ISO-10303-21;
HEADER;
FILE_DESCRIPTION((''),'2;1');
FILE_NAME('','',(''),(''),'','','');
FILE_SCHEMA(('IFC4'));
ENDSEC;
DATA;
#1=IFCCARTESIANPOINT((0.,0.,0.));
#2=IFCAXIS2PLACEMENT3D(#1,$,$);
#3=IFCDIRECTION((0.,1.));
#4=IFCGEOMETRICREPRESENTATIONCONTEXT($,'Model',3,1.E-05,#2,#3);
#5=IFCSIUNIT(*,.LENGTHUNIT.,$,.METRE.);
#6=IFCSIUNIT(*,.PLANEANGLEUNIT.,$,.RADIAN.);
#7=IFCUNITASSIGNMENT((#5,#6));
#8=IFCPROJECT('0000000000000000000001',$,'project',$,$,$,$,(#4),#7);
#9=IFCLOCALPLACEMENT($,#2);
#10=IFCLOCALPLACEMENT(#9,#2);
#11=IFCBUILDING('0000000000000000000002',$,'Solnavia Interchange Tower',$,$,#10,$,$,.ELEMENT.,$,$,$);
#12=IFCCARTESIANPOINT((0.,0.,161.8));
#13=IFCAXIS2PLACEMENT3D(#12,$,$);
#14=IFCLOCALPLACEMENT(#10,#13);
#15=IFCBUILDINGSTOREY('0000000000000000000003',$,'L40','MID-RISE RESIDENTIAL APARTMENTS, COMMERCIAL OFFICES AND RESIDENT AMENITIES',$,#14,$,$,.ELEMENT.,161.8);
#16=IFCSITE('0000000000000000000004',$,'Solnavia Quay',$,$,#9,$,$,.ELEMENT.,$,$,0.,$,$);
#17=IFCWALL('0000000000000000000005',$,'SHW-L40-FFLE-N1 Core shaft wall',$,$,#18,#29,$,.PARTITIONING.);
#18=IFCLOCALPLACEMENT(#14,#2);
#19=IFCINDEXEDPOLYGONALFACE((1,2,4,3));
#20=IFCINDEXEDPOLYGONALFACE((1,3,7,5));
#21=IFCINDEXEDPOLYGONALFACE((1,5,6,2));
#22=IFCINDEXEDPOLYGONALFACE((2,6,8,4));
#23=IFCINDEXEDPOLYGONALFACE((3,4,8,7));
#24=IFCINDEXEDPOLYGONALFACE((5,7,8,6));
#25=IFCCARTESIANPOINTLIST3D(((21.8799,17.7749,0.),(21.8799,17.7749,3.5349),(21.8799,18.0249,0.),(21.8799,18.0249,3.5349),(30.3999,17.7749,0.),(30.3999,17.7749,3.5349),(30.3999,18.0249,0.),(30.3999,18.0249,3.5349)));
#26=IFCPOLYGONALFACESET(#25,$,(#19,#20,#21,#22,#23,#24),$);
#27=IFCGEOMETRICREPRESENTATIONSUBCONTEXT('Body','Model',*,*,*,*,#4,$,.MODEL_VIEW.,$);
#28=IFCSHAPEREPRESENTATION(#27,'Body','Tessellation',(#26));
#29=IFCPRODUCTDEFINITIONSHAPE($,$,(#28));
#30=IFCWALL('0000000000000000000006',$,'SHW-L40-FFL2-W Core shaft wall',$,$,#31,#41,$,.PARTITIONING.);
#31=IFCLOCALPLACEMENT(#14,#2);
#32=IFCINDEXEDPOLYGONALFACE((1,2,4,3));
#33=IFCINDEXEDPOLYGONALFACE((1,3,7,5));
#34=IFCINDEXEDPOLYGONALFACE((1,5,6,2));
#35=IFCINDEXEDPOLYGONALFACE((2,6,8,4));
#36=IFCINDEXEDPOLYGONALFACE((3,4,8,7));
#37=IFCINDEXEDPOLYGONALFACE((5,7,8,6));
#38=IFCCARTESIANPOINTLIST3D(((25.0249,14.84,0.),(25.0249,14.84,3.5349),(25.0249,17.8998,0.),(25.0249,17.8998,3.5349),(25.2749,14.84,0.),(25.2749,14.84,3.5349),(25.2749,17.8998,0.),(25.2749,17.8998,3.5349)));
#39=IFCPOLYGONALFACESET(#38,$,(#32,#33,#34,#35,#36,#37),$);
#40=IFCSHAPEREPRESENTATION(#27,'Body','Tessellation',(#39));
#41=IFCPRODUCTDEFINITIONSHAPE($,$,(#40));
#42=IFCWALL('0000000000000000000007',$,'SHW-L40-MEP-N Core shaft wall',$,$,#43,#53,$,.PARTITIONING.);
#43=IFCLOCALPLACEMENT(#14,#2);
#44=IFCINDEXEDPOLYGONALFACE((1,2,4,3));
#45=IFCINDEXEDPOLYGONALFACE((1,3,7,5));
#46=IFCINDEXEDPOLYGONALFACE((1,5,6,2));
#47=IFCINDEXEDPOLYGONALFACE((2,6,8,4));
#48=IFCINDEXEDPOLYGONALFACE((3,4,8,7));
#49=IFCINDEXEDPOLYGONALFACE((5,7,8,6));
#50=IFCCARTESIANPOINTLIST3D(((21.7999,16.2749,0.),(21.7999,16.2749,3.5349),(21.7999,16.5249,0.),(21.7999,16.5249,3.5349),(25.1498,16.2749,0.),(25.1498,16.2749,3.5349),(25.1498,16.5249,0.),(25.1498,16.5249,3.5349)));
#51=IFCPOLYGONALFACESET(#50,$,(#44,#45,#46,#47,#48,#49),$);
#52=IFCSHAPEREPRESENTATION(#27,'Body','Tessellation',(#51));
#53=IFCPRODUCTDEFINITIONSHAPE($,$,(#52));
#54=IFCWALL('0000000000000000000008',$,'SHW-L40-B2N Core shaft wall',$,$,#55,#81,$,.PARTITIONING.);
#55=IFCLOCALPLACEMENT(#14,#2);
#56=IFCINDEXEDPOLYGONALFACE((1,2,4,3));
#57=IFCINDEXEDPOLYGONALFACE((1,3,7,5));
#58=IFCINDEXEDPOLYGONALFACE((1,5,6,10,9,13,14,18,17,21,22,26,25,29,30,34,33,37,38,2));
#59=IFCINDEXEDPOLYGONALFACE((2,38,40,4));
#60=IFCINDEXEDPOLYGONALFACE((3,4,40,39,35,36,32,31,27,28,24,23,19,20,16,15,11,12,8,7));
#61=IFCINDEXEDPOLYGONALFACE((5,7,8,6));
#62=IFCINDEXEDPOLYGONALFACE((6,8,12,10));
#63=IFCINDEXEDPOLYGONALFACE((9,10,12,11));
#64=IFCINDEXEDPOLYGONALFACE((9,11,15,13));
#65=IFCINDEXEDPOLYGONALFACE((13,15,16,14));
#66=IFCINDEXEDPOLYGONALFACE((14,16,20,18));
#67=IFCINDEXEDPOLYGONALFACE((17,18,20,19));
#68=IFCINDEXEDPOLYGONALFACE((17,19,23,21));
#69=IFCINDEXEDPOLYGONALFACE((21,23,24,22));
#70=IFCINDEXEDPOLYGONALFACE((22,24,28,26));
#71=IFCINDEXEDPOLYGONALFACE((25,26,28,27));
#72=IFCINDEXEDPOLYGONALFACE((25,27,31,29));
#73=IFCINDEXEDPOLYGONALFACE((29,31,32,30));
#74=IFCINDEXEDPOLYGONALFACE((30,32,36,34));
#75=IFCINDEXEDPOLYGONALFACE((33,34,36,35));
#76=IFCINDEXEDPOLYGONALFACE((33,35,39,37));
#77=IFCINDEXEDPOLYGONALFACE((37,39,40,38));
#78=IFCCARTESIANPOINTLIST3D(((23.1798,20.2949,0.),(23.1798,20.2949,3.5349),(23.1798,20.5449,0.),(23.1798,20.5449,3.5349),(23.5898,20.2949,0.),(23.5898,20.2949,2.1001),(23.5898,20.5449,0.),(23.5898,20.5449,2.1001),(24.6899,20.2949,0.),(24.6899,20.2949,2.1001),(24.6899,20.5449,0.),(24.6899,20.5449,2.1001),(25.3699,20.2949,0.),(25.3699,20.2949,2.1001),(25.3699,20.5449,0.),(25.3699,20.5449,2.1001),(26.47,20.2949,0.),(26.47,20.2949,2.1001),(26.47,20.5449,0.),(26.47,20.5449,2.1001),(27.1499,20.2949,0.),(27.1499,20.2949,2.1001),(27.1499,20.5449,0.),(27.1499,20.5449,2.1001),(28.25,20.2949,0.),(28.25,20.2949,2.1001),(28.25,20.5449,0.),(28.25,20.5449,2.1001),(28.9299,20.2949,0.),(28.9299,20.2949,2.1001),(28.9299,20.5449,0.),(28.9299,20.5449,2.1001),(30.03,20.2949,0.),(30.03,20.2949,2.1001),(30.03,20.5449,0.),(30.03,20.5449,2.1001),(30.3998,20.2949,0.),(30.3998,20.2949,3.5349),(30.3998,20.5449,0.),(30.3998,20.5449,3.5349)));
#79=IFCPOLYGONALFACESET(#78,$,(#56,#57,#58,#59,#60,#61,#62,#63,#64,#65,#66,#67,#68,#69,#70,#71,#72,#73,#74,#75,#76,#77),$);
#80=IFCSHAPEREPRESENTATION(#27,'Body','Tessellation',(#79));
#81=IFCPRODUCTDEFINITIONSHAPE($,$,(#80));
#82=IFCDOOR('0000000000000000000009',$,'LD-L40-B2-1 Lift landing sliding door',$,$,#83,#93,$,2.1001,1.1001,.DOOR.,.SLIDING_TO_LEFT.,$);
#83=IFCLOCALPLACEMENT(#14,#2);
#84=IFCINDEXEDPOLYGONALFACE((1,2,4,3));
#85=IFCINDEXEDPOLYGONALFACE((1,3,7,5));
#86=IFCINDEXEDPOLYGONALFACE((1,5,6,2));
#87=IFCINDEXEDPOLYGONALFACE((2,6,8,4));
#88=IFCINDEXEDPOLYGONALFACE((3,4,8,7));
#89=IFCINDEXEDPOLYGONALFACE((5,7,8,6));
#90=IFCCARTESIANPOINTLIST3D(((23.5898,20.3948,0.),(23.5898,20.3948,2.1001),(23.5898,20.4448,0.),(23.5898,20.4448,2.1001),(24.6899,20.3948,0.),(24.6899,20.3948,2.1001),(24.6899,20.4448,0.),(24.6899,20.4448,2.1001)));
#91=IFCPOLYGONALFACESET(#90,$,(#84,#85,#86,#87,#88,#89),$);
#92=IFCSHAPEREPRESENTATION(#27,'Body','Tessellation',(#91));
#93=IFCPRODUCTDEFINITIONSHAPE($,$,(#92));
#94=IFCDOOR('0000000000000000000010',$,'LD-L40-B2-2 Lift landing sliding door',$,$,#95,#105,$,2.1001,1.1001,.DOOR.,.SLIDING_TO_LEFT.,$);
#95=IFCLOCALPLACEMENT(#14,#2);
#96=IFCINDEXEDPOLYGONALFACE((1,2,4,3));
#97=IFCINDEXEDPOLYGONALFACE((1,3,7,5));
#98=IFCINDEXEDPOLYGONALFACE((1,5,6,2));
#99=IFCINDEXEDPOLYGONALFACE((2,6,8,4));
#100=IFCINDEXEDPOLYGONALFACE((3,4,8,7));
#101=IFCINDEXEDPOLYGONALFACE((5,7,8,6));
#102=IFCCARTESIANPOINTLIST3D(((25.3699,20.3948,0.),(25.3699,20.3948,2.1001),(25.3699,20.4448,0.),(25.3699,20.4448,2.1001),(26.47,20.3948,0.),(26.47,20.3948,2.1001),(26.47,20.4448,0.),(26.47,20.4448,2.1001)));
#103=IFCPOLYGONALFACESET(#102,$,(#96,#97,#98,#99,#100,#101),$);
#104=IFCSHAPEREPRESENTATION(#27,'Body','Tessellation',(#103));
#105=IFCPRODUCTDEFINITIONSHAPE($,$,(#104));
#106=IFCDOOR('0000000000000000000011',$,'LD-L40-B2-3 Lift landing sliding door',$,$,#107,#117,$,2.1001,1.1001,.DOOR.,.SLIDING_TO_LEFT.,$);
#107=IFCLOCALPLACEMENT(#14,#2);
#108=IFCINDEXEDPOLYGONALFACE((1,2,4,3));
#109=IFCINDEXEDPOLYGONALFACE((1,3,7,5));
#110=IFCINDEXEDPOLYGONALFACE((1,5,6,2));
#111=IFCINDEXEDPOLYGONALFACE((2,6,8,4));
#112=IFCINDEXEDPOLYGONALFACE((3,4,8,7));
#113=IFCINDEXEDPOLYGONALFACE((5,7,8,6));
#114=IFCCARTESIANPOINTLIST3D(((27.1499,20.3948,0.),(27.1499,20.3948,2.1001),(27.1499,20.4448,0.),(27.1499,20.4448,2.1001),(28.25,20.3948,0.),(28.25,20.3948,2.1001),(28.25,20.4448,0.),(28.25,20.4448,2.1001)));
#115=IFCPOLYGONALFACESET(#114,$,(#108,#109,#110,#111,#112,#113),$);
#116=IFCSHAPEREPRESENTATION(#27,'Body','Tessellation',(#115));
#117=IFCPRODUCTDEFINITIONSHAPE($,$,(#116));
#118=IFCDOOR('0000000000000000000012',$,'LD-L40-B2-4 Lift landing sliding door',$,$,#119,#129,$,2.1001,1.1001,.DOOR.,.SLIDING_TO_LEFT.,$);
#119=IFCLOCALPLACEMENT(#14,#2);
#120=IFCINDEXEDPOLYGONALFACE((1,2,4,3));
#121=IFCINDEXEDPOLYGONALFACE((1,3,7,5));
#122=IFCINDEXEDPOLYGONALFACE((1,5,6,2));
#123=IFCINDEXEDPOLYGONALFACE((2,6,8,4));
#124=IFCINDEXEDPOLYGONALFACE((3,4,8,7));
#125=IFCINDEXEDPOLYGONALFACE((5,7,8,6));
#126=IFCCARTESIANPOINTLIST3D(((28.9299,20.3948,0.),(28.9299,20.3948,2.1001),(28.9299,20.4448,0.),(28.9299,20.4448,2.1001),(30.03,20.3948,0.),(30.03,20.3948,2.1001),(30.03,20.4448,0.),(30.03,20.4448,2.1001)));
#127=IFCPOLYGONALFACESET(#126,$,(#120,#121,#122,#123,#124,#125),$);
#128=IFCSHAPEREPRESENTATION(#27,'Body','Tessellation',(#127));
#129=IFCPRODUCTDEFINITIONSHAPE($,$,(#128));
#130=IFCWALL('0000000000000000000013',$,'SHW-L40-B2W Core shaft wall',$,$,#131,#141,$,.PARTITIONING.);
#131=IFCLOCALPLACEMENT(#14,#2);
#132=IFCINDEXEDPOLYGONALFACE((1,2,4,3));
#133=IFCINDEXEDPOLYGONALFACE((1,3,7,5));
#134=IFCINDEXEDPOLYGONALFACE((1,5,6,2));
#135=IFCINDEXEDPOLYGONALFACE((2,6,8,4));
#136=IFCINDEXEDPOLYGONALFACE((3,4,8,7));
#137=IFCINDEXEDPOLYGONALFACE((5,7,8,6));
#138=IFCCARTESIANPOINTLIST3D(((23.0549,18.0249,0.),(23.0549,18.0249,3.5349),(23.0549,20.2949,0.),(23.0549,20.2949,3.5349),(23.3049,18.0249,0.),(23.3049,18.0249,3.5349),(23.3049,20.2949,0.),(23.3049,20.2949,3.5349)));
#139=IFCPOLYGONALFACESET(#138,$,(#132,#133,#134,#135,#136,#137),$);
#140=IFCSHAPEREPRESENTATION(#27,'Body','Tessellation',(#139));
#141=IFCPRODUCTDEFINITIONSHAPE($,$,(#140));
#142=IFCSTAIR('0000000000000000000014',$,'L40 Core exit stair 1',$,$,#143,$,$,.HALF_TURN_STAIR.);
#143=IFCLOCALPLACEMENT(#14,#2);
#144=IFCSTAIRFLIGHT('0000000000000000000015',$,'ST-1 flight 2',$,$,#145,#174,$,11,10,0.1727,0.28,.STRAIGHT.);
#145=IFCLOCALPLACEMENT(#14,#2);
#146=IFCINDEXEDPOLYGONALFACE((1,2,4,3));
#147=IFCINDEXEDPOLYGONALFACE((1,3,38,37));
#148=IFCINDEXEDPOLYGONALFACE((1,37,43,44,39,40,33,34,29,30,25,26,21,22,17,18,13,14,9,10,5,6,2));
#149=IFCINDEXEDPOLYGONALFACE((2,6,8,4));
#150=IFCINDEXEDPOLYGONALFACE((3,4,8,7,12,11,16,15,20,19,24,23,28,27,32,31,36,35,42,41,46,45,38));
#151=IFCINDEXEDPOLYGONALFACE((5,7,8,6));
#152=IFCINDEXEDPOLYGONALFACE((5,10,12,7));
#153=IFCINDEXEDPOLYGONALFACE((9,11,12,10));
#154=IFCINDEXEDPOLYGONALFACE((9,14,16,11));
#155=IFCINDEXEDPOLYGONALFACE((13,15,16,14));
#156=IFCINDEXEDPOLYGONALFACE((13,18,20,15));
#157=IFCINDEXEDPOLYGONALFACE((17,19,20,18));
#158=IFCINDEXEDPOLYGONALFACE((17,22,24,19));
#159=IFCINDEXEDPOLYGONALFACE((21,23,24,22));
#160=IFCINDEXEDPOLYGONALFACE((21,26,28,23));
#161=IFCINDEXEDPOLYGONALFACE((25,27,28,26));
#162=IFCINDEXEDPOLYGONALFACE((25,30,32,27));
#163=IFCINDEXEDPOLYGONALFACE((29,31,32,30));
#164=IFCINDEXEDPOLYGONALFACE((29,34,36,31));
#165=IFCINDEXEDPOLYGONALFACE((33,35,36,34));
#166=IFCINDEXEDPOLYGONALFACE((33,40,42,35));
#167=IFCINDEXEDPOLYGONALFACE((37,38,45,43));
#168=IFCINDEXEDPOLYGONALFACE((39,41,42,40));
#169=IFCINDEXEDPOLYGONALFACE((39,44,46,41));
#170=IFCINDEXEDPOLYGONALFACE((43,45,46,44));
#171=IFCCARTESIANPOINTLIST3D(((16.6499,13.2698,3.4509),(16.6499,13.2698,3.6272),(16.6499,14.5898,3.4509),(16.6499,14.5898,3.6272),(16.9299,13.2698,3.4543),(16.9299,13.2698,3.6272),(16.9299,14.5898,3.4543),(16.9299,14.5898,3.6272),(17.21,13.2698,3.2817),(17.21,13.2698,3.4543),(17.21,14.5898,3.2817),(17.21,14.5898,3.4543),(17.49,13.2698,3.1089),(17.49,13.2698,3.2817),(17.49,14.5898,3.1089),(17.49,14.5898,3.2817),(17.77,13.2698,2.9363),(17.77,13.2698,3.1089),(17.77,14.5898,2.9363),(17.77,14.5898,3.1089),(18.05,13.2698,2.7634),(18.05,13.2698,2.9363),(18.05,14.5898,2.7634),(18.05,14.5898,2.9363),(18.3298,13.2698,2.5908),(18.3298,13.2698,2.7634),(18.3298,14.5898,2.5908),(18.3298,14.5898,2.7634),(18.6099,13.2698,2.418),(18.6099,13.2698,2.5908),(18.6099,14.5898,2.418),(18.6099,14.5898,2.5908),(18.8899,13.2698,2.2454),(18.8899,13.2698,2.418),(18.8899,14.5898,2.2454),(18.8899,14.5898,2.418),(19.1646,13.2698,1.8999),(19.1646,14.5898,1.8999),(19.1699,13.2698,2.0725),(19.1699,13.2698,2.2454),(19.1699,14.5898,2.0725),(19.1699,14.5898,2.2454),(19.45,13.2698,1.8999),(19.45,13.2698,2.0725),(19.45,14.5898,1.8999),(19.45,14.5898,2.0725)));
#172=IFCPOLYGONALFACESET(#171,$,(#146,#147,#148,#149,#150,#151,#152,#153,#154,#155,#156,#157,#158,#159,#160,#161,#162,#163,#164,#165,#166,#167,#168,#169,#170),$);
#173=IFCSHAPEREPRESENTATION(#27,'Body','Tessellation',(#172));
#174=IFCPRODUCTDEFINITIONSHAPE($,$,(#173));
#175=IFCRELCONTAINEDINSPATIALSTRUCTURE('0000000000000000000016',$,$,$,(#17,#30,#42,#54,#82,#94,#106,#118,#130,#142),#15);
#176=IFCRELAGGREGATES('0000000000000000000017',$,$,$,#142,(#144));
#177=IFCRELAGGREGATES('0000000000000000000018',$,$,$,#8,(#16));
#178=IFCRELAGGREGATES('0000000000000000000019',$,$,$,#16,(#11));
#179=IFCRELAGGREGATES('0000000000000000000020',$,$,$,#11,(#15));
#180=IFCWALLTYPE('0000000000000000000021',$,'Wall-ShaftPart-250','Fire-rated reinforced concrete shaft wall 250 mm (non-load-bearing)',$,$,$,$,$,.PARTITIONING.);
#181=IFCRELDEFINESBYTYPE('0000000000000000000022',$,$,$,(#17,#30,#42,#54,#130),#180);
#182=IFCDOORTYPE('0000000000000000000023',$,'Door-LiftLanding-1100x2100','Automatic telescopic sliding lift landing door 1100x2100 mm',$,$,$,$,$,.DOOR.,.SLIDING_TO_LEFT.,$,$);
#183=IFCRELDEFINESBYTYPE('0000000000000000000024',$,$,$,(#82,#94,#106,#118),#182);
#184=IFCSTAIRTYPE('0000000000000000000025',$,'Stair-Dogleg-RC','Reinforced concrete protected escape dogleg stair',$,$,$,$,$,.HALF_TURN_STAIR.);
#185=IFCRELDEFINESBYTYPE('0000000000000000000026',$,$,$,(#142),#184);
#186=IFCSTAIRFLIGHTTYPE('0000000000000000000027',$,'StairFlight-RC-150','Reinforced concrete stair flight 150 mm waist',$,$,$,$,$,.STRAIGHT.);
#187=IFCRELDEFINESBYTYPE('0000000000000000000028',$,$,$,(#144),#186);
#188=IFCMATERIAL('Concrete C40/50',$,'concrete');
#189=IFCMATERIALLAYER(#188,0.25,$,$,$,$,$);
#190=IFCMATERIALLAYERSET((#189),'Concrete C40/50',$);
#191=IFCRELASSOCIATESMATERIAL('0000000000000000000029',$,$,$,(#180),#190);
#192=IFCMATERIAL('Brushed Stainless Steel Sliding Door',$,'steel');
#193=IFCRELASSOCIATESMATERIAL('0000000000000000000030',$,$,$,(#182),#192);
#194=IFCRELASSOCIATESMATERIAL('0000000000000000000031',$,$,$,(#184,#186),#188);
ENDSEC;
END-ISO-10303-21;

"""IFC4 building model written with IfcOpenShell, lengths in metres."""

from ifc_helpers import new_model, si_unit, direction, frame, frame_2d, origin, place, context, subcontext, project, spatial, polyline, rectangle, outline, extrude, material, layer, layer_set, type_object, element, fill, aggregate, save


model = new_model("IFC4")

# Units and contexts
model_context = context("Model", 3, precision=1e-05, world=origin(), true_north=direction((0.0, 1.0)))
body_context = subcontext(model_context, "Body", "Model", "MODEL_VIEW")
ifc_project = project(units=[si_unit("LENGTHUNIT", "METRE"), si_unit("PLANEANGLEUNIT", "RADIAN")], contexts=[model_context])

# Site, building, storey
site_placement = place(None, origin())
site = spatial("IfcSite", under=ifc_project, at=site_placement, Name="Solnavia Quay", CompositionType="ELEMENT", RefElevation=0.0)
building_placement = place(site_placement, origin())
building = spatial("IfcBuilding", under=site, at=building_placement, Name="Solnavia Interchange Tower", CompositionType="ELEMENT")
storey_placement = place(building_placement, frame((0.0, 0.0, 161.8)))
storey = spatial("IfcBuildingStorey", under=building, at=storey_placement, Name="L40", Description="MID-RISE RESIDENTIAL APARTMENTS, COMMERCIAL OFFICES AND RESIDENT AMENITIES", CompositionType="ELEMENT", Elevation=161.8)

# Shared definitions
ifc_material_1 = material(Name="Concrete C40/50", Category="concrete")

# Shared definitions
ifc_layer_1 = layer(ifc_material_1, 0.25)
ifc_layer_set_1 = layer_set([ifc_layer_1], Name="Concrete C40/50")
wall_type_1 = type_object("IfcWallType", Name="Wall-ShaftPart-250", Description="Fire-rated reinforced concrete shaft wall 250 mm (non-load-bearing)", PredefinedType="PARTITIONING", material=ifc_layer_set_1)
ifc_material_2 = material(Name="Brushed Stainless Steel Sliding Door", Category="steel")
door_type_1 = type_object("IfcDoorType", Name="Door-LiftLanding-1100x2100", Description="Automatic telescopic sliding lift landing door 1100x2100 mm", OperationType="SLIDING_TO_LEFT", PredefinedType="DOOR", material=ifc_material_2)

# Walls
wall_1_placement = place(storey_placement, frame((21.8799, 17.8999, 0.0), z_axis=(0.0, 0.0, 1.0), x_axis=(1.0, 0.0, 0.0)))
element("IfcWall", 1, at=wall_1_placement, inside=storey, type_object=wall_type_1, Name="SHW-L40-FFLE-N1 Core shaft wall", PredefinedType="PARTITIONING", context=body_context, shape_type="SweptSolid", body=[
    extrude(rectangle(XDim=8.52, YDim=0.25, at=frame_2d((4.26, 0.0))), origin(), (0.0, 0.0, 1.0), 3.5349),
])
wall_2_placement = place(storey_placement, frame((25.1499, 14.8401, 0.0), z_axis=(0.0, 0.0, 1.0), x_axis=(0.0, 1.0, 0.0)))
element("IfcWall", 2, at=wall_2_placement, inside=storey, type_object=wall_type_1, Name="SHW-L40-FFL2-W Core shaft wall", PredefinedType="PARTITIONING", context=body_context, shape_type="SweptSolid", body=[
    extrude(rectangle(XDim=3.0598, YDim=0.25, at=frame_2d((1.5298, 0.0))), origin(), (0.0, 0.0, 1.0), 3.5349),
])
wall_3_placement = place(storey_placement, frame((21.8, 16.3999, 0.0), z_axis=(0.0, 0.0, 1.0), x_axis=(1.0, 0.0, 0.0)))
element("IfcWall", 3, at=wall_3_placement, inside=storey, type_object=wall_type_1, Name="SHW-L40-MEP-N Core shaft wall", PredefinedType="PARTITIONING", context=body_context, shape_type="SweptSolid", body=[
    extrude(rectangle(XDim=3.3499, YDim=0.25, at=frame_2d((1.6748, 0.0))), origin(), (0.0, 0.0, 1.0), 3.5349),
])

# Wall, openings, doors
wall_4_placement = place(storey_placement, frame((23.1799, 20.4199, 0.0), z_axis=(0.0, 0.0, 1.0), x_axis=(1.0, 0.0, 0.0)))
wall_4 = element("IfcWall", 4, at=wall_4_placement, inside=storey, type_object=wall_type_1, Name="SHW-L40-B2N Core shaft wall", PredefinedType="PARTITIONING", context=body_context, shape_type="SweptSolid", body=[
    extrude(rectangle(XDim=7.22, YDim=0.25, at=frame_2d((3.6099, 0.0))), origin(), (0.0, 0.0, 1.0), 3.5349),
])
opening_1_placement = place(wall_4_placement, frame((0.4099, 0.0, 0.0)))
opening_1 = element("IfcOpeningElement", 5, at=opening_1_placement, cuts=wall_4, PredefinedType="OPENING", context=body_context, shape_type="SweptSolid", body=[
    extrude(rectangle(XDim=1.1001, YDim=2.1001, at=frame_2d((0.55, 1.05))), frame((0.0, 0.135, 0.0), z_axis=(0.0, -1.0, 0.0), x_axis=(1.0, 0.0, 0.0)), (0.0, 0.0, 1.0), 0.27),
])
opening_2_placement = place(wall_4_placement, frame((2.1899, 0.0, 0.0)))
opening_2 = element("IfcOpeningElement", 6, at=opening_2_placement, cuts=wall_4, PredefinedType="OPENING", context=body_context, shape_type="SweptSolid", body=[
    extrude(rectangle(XDim=1.1001, YDim=2.1001, at=frame_2d((0.55, 1.05))), frame((0.0, 0.135, 0.0), z_axis=(0.0, -1.0, 0.0), x_axis=(1.0, 0.0, 0.0)), (0.0, 0.0, 1.0), 0.27),
])
opening_3_placement = place(wall_4_placement, frame((3.97, 0.0, 0.0)))
opening_3 = element("IfcOpeningElement", 7, at=opening_3_placement, cuts=wall_4, PredefinedType="OPENING", context=body_context, shape_type="SweptSolid", body=[
    extrude(rectangle(XDim=1.1001, YDim=2.1001, at=frame_2d((0.55, 1.05))), frame((0.0, 0.135, 0.0), z_axis=(0.0, -1.0, 0.0), x_axis=(1.0, 0.0, 0.0)), (0.0, 0.0, 1.0), 0.27),
])
opening_4_placement = place(wall_4_placement, frame((5.75, 0.0, 0.0)))
opening_4 = element("IfcOpeningElement", 8, at=opening_4_placement, cuts=wall_4, PredefinedType="OPENING", context=body_context, shape_type="SweptSolid", body=[
    extrude(rectangle(XDim=1.1001, YDim=2.1001, at=frame_2d((0.55, 1.05))), frame((0.0, 0.135, 0.0), z_axis=(0.0, -1.0, 0.0), x_axis=(1.0, 0.0, 0.0)), (0.0, 0.0, 1.0), 0.27),
])
door_1_placement = place(opening_1_placement, origin())
door_1 = element("IfcDoor", 9, at=door_1_placement, inside=storey, type_object=door_type_1, Name="LD-L40-B2-1 Lift landing sliding door", OperationType="SLIDING_TO_LEFT", OverallHeight=2.1001, OverallWidth=1.1001, PredefinedType="DOOR", context=body_context, shape_type="SweptSolid", body=[
    extrude(rectangle(XDim=1.1001, YDim=2.1001, at=frame_2d((0.55, 1.05))), frame((0.0, 0.0249, 0.0), z_axis=(0.0, -1.0, 0.0), x_axis=(1.0, 0.0, 0.0)), (0.0, 0.0, 1.0), 0.05),
])
fill(opening_1, door_1)
door_2_placement = place(opening_2_placement, origin())
door_2 = element("IfcDoor", 10, at=door_2_placement, inside=storey, type_object=door_type_1, Name="LD-L40-B2-2 Lift landing sliding door", OperationType="SLIDING_TO_LEFT", OverallHeight=2.1001, OverallWidth=1.1001, PredefinedType="DOOR", context=body_context, shape_type="SweptSolid", body=[
    extrude(rectangle(XDim=1.1001, YDim=2.1001, at=frame_2d((0.55, 1.05))), frame((0.0, 0.0249, 0.0), z_axis=(0.0, -1.0, 0.0), x_axis=(1.0, 0.0, 0.0)), (0.0, 0.0, 1.0), 0.05),
])
fill(opening_2, door_2)
door_3_placement = place(opening_3_placement, origin())
door_3 = element("IfcDoor", 11, at=door_3_placement, inside=storey, type_object=door_type_1, Name="LD-L40-B2-3 Lift landing sliding door", OperationType="SLIDING_TO_LEFT", OverallHeight=2.1001, OverallWidth=1.1001, PredefinedType="DOOR", context=body_context, shape_type="SweptSolid", body=[
    extrude(rectangle(XDim=1.1001, YDim=2.1001, at=frame_2d((0.55, 1.05))), frame((0.0, 0.0249, 0.0), z_axis=(0.0, -1.0, 0.0), x_axis=(1.0, 0.0, 0.0)), (0.0, 0.0, 1.0), 0.05),
])
fill(opening_3, door_3)
door_4_placement = place(opening_4_placement, origin())
door_4 = element("IfcDoor", 12, at=door_4_placement, inside=storey, type_object=door_type_1, Name="LD-L40-B2-4 Lift landing sliding door", OperationType="SLIDING_TO_LEFT", OverallHeight=2.1001, OverallWidth=1.1001, PredefinedType="DOOR", context=body_context, shape_type="SweptSolid", body=[
    extrude(rectangle(XDim=1.1001, YDim=2.1001, at=frame_2d((0.55, 1.05))), frame((0.0, 0.0249, 0.0), z_axis=(0.0, -1.0, 0.0), x_axis=(1.0, 0.0, 0.0)), (0.0, 0.0, 1.0), 0.05),
])
fill(opening_4, door_4)

# Wall
wall_5_placement = place(storey_placement, frame((23.1799, 18.0249, 0.0), z_axis=(0.0, 0.0, 1.0), x_axis=(0.0, 1.0, 0.0)))
element("IfcWall", 13, at=wall_5_placement, inside=storey, type_object=wall_type_1, Name="SHW-L40-B2W Core shaft wall", PredefinedType="PARTITIONING", context=body_context, shape_type="SweptSolid", body=[
    extrude(rectangle(XDim=2.27, YDim=0.25, at=frame_2d((1.135, 0.0))), origin(), (0.0, 0.0, 1.0), 3.5349),
])

# Stair, stair flight
stair_type = type_object("IfcStairType", Name="Stair-Dogleg-RC", Description="Reinforced concrete protected escape dogleg stair", PredefinedType="HALF_TURN_STAIR", material=ifc_material_1)
stair_1_placement = place(storey_placement, origin())
stair_1 = element("IfcStair", 14, at=stair_1_placement, inside=storey, type_object=stair_type, Name="L40 Core exit stair 1", PredefinedType="HALF_TURN_STAIR")
stair_flight_type = type_object("IfcStairFlightType", Name="StairFlight-RC-150", Description="Reinforced concrete stair flight 150 mm waist", PredefinedType="STRAIGHT", material=ifc_material_1)
stair_flight_1_placement = place(storey_placement, frame((19.45, 13.9299, 1.8999), z_axis=(0.0, 0.0, 1.0), x_axis=(-1.0, 0.0, 0.0)))
stair_flight_1 = element("IfcStairFlight", 15, at=stair_flight_1_placement, type_object=stair_flight_type, Name="ST-1 flight 2", NumberOfRisers=11, NumberOfTreads=10, PredefinedType="STRAIGHT", RiserHeight=0.1727, TreadLength=0.28, context=body_context, shape_type="SweptSolid", body=[
    extrude(outline(polyline([(0.0, 0.0), (0.0, 0.1726), (0.28, 0.1726), (0.28, 0.3455), (0.5601, 0.3455), (0.5601, 0.5181), (0.8401, 0.5181), (0.8401, 0.6909), (1.1201, 0.6909), (1.1201, 0.8635), (1.3999, 0.8635), (1.3999, 1.0364), (1.6799, 1.0364), (1.6799, 1.209), (1.96, 1.209), (1.96, 1.3818), (2.24, 1.3818), (2.24, 1.5544), (2.52, 1.5544), (2.52, 1.7273), (2.8, 1.7273), (2.8, 1.8999), (2.8, 1.551), (0.2854, 0.0), (0.0, 0.0)])), frame((0.0, 0.6602, 0.0), z_axis=(0.0, -1.0, 0.0), x_axis=(1.0, 0.0, 0.0)), (0.0, 0.0, 1.0), 1.3201),
])
aggregate(stair_1, [stair_flight_1])

save(model, "model.ifc")
